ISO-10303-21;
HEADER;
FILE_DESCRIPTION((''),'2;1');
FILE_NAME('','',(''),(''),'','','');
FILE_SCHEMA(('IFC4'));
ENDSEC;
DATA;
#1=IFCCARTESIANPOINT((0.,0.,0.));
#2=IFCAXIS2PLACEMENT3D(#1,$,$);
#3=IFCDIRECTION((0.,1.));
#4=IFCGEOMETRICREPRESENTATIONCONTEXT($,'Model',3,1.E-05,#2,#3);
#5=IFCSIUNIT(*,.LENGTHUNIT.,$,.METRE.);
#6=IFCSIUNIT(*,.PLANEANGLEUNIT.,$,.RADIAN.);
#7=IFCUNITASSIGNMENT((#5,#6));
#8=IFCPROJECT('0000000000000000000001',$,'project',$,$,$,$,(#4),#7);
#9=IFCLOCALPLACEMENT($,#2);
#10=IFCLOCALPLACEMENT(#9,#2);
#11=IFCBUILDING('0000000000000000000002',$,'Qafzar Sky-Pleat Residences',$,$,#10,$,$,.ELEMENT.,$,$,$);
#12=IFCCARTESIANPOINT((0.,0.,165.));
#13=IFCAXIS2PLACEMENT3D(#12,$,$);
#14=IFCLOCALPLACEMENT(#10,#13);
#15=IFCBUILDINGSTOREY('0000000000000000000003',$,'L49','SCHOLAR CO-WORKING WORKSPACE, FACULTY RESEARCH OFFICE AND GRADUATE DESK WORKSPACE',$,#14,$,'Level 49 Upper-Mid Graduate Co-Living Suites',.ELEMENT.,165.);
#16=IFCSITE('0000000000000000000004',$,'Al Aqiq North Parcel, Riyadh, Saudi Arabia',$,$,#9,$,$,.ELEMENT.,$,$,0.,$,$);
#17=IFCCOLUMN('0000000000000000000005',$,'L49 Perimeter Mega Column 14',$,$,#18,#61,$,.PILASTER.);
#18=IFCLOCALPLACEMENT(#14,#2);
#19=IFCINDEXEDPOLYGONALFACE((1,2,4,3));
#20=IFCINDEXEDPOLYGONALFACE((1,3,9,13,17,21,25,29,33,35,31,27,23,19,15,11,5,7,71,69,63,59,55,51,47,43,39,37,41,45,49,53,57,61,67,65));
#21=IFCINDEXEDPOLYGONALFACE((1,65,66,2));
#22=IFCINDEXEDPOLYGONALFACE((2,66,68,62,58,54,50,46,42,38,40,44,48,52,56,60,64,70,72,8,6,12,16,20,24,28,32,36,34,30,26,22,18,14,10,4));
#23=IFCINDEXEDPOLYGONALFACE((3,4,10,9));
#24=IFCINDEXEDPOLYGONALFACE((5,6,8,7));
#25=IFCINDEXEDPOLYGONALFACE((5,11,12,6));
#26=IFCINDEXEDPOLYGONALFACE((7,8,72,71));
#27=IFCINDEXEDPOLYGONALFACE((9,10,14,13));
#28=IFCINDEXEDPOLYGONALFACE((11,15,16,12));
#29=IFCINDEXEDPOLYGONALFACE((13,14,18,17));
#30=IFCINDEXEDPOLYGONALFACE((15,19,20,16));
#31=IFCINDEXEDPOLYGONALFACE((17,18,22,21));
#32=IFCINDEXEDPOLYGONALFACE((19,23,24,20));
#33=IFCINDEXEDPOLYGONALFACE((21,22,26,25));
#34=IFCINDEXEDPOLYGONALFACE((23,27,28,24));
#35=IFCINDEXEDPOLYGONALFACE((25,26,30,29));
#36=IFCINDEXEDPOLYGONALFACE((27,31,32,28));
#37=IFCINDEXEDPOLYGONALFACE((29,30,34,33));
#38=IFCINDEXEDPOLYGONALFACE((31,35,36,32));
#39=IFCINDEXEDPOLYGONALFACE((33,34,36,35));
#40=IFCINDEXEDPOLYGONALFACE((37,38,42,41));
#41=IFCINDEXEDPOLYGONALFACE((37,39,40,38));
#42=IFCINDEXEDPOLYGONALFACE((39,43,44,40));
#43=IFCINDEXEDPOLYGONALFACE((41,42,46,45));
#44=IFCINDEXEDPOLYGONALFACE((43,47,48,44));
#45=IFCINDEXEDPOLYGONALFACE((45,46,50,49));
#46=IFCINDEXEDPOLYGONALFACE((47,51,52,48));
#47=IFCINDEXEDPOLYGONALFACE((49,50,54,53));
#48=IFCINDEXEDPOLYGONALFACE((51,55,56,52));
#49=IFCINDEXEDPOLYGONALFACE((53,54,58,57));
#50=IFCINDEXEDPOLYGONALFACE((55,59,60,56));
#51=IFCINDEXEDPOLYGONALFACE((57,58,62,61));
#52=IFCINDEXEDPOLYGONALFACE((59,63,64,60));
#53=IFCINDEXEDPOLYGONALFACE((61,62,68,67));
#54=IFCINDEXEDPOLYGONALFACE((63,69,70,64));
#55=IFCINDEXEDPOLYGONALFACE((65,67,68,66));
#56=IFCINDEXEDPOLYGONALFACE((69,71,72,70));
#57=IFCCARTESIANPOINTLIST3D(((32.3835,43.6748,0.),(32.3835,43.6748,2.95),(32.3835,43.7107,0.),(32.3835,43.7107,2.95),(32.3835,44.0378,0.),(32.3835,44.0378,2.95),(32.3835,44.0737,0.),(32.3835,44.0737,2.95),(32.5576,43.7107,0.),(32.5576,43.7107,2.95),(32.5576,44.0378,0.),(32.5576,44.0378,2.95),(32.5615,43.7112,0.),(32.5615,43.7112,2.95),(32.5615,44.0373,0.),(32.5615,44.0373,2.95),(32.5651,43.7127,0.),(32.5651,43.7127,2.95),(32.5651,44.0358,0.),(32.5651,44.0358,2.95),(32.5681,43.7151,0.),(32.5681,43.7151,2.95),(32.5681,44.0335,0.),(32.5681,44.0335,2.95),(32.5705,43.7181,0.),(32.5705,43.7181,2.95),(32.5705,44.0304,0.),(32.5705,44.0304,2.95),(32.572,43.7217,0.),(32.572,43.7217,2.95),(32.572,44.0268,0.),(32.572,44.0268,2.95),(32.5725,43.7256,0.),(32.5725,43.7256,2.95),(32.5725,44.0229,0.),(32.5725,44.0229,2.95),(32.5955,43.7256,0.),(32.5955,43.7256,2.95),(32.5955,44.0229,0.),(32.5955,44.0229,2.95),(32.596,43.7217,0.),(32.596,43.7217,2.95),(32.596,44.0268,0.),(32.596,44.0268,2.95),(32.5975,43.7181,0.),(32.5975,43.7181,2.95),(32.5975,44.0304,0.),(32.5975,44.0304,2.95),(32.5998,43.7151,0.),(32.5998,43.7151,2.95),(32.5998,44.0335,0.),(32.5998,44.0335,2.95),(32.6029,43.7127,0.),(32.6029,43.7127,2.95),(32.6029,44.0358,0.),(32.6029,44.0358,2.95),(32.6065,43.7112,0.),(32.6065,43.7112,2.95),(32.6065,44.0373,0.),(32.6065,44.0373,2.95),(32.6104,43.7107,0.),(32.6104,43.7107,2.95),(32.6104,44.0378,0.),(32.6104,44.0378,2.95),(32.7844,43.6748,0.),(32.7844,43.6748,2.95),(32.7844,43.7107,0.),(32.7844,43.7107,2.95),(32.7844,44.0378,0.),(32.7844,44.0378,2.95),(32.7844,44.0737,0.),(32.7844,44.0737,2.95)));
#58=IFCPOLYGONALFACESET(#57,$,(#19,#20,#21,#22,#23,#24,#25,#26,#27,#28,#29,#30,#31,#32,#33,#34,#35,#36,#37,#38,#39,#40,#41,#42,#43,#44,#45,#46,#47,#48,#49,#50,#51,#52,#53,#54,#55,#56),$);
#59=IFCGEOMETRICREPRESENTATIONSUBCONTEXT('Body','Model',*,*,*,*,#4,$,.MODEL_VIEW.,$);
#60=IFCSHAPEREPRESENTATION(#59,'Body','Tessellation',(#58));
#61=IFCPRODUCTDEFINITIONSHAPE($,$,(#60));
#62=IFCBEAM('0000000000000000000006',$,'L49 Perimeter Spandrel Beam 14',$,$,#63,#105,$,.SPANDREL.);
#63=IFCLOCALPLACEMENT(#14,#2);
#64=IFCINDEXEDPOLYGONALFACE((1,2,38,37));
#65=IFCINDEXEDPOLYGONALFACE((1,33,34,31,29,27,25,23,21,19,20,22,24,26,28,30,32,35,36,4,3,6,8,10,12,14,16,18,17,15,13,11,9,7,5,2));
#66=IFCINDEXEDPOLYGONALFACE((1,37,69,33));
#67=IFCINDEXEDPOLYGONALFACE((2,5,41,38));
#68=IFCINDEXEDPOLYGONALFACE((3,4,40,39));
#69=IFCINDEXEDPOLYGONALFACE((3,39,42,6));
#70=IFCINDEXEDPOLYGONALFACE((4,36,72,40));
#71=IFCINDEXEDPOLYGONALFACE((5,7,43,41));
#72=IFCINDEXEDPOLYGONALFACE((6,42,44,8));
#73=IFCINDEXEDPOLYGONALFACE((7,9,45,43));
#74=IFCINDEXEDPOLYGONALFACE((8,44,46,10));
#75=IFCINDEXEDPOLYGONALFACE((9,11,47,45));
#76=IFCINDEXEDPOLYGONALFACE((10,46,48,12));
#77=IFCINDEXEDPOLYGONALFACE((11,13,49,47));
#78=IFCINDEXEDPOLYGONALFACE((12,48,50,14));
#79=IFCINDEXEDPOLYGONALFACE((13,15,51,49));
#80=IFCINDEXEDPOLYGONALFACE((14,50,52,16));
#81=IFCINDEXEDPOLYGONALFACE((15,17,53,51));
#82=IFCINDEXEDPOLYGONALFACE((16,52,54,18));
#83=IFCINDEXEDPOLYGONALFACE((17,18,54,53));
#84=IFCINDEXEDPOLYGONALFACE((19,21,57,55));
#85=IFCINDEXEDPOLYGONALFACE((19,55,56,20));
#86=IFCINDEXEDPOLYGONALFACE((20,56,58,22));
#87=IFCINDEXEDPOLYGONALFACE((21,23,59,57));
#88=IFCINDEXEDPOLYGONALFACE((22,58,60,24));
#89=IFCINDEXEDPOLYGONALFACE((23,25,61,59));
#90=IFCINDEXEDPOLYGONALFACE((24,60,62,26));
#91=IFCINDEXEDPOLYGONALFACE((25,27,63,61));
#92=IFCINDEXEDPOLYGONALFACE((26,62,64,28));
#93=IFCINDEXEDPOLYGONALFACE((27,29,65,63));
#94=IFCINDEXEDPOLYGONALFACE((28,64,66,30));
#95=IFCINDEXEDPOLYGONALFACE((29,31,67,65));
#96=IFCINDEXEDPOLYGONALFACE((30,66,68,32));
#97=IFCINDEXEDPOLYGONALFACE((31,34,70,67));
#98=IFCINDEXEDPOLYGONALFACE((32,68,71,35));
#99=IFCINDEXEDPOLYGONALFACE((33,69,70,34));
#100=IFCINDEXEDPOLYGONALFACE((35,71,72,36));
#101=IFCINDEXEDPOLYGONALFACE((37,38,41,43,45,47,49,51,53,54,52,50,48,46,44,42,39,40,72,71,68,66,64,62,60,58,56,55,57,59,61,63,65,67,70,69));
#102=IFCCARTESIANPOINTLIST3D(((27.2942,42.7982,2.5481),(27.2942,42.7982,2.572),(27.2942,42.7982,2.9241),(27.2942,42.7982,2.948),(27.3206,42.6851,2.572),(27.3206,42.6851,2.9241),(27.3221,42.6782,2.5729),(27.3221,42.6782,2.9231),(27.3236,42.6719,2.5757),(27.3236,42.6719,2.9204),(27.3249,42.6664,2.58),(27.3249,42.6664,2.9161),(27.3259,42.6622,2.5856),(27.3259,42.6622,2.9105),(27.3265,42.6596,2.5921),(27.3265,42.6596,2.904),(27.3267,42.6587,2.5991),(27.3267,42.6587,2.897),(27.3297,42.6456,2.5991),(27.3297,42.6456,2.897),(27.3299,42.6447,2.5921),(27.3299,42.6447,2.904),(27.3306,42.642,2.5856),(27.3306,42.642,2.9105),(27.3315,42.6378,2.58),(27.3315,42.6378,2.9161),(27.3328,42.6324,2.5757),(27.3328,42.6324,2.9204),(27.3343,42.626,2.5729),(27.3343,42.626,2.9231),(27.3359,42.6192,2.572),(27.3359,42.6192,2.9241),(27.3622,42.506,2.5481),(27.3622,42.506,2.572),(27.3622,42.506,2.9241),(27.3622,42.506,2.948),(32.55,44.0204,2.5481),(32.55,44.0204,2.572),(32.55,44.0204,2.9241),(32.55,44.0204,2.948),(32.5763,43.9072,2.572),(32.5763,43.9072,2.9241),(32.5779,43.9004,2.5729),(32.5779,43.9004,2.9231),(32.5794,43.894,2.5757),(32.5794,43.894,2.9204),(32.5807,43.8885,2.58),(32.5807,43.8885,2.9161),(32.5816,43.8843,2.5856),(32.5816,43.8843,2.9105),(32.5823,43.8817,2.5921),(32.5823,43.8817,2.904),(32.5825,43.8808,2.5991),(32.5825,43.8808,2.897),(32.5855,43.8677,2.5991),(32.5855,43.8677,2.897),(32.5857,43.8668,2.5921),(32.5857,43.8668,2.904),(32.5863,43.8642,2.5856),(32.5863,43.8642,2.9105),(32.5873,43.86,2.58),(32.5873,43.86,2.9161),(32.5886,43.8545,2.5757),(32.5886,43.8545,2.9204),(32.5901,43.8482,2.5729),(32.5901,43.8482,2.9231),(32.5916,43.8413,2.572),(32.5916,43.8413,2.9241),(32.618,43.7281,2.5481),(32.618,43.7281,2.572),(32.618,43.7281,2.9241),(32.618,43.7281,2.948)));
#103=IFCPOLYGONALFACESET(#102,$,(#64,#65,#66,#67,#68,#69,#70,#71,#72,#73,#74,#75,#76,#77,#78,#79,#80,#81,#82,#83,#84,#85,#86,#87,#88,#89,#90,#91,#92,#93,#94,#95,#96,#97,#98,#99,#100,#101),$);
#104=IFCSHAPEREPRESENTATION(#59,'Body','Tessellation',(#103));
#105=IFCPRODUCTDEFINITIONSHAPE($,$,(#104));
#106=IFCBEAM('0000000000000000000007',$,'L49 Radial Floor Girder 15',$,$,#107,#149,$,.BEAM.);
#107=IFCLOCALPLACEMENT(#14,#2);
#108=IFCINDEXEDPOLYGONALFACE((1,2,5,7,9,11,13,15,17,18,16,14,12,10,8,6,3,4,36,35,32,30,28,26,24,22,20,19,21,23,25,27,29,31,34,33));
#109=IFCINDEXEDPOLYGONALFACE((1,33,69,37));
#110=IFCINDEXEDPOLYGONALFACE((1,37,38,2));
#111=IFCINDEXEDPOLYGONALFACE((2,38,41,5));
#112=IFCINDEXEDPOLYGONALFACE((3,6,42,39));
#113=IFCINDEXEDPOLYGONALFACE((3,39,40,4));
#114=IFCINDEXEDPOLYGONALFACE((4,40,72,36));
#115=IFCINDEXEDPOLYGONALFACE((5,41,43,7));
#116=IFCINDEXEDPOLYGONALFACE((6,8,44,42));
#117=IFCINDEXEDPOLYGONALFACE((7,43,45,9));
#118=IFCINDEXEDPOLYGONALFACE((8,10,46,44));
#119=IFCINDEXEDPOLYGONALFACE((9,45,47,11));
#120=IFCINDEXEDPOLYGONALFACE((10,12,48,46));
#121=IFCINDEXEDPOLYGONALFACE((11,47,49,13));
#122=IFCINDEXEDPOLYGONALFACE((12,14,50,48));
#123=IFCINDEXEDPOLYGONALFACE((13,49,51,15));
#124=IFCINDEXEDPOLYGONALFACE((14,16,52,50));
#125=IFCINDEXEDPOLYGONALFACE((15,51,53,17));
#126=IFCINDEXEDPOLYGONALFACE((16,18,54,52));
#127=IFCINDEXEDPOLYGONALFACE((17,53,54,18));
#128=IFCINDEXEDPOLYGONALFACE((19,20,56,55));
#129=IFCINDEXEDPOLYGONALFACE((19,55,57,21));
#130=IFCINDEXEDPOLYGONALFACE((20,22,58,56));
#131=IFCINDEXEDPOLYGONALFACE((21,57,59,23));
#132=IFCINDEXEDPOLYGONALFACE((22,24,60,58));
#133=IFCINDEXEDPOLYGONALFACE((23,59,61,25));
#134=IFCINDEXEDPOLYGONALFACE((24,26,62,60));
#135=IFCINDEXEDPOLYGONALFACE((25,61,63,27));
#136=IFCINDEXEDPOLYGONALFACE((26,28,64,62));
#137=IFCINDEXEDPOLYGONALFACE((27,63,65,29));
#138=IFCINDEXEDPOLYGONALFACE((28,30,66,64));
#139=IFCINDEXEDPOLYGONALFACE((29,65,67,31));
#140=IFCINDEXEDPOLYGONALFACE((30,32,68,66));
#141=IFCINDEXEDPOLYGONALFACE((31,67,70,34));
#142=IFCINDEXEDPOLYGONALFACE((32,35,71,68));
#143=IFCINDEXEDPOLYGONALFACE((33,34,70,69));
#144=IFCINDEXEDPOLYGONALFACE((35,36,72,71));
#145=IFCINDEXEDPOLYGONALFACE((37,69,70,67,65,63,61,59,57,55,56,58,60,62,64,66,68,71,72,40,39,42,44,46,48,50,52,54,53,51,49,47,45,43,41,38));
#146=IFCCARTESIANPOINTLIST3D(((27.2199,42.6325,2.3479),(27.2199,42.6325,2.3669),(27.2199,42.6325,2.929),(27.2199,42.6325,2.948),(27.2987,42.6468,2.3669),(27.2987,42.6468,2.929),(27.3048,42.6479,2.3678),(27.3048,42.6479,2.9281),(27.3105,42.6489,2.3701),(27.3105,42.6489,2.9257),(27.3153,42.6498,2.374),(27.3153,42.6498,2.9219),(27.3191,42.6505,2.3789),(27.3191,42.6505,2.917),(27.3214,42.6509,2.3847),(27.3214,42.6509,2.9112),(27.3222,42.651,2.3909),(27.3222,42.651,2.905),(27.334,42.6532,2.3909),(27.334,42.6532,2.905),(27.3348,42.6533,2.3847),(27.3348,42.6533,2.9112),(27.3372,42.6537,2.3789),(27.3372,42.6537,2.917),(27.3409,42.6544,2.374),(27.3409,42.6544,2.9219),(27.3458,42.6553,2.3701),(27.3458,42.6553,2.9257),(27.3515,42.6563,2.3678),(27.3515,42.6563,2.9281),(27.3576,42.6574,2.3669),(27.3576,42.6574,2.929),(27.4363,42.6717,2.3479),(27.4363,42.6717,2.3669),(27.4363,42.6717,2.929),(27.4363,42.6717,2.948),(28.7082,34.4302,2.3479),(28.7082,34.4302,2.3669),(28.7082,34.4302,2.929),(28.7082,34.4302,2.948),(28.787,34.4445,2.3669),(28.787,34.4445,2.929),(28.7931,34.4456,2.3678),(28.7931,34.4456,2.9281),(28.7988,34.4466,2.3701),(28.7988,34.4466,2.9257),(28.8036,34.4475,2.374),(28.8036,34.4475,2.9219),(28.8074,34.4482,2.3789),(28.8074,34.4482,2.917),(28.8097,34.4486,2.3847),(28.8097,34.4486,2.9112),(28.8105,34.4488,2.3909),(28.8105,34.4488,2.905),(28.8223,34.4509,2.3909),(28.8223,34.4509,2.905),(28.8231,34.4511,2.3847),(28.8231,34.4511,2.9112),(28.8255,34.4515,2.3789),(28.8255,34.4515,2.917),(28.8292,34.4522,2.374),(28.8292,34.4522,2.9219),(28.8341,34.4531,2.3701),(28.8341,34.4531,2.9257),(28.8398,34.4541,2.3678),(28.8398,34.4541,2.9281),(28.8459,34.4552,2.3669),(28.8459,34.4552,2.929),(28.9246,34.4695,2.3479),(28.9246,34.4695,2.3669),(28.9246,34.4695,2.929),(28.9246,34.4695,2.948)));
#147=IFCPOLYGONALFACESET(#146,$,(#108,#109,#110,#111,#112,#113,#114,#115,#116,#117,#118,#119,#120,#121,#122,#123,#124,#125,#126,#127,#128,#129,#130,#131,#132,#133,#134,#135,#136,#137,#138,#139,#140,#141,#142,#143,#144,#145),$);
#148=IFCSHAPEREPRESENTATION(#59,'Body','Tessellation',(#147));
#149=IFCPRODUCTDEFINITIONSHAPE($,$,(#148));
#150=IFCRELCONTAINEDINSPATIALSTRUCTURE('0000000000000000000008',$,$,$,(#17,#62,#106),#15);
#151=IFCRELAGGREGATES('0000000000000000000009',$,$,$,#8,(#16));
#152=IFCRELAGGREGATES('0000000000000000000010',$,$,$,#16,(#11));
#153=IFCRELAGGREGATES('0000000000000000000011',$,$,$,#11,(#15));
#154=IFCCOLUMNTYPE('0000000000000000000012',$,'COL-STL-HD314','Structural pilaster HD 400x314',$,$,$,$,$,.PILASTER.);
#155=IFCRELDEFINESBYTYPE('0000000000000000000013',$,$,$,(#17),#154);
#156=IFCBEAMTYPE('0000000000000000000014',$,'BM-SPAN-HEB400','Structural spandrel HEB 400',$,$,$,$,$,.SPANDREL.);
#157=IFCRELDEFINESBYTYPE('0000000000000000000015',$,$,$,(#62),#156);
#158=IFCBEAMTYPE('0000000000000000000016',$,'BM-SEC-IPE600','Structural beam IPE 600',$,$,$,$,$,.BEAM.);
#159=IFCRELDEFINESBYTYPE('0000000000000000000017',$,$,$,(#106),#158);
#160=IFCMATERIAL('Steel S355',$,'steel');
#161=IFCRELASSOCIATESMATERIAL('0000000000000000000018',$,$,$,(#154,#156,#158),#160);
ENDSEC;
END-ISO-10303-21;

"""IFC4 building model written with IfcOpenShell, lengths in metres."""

from ifc_helpers import new_model, si_unit, direction, frame, origin, origin_2d, place, context, subcontext, project, spatial, i_section, extrude, source, transform, mapped, material, material_profile, profile_set, type_object, element, save


model = new_model("IFC4")

# Units and contexts
model_context = context("Model", 3, precision=1e-05, world=origin(), true_north=direction((0.0, 1.0)))
body_context = subcontext(model_context, "Body", "Model", "MODEL_VIEW")
ifc_project = project(units=[si_unit("LENGTHUNIT", "METRE"), si_unit("PLANEANGLEUNIT", "RADIAN")], contexts=[model_context])

# Site, building, storey
site_placement = place(None, origin())
site = spatial("IfcSite", under=ifc_project, at=site_placement, Name="Al Aqiq North Parcel, Riyadh, Saudi Arabia", CompositionType="ELEMENT", RefElevation=0.0)
building_placement = place(site_placement, origin())
building = spatial("IfcBuilding", under=site, at=building_placement, Name="Qafzar Sky-Pleat Residences", CompositionType="ELEMENT")
storey_placement = place(building_placement, frame((0.0, 0.0, 165.0)))
storey = spatial("IfcBuildingStorey", under=building, at=storey_placement, Name="L49", Description="SCHOLAR CO-WORKING WORKSPACE, FACULTY RESEARCH OFFICE AND GRADUATE DESK WORKSPACE", LongName="Level 49 Upper-Mid Graduate Co-Living Suites", CompositionType="ELEMENT", Elevation=165.0)

# Column
ifc_material_1 = material(Name="Steel S355", Category="steel")
ifc_material_profile_1 = material_profile(ifc_material_1, i_section(OverallWidth=0.4009, OverallDepth=0.3989, WebThickness=0.0229, FlangeThickness=0.0359, FilletRadius=0.0149, at=origin_2d()), Name="HD 400x314")
ifc_profile_set_1 = profile_set([ifc_material_profile_1], Name="Steel S355")
column_type = type_object("IfcColumnType", Name="COL-STL-HD314", Description="Structural pilaster HD 400x314", PredefinedType="PILASTER", material=ifc_profile_set_1)
shared_shape_1 = source(origin(), body_context, "Body", "SweptSolid", [
    extrude(i_section(OverallWidth=0.4009, OverallDepth=0.3989, WebThickness=0.0229, FlangeThickness=0.0359, FilletRadius=0.0149, at=origin_2d()), origin(), (0.0, 0.0, 1.0), 2.95),
])
column_placement = place(storey_placement, frame((32.584, 43.8743, 0.0), z_axis=(0.0, 0.0, 1.0), x_axis=(1.0, 0.0, 0.0)))
element("IfcColumn", 1, at=column_placement, inside=storey, type_object=column_type, Name="L49 Perimeter Mega Column 14", PredefinedType="PILASTER", context=body_context, shape_type="MappedRepresentation", body=[
    mapped(shared_shape_1, transform((0.0, 0.0, 0.0), x_axis=(1.0, 0.0, 0.0), y_axis=(0.0, 1.0, 0.0), z_axis=(0.0, 0.0, 1.0), scale=1.0)),
])

# Beams
ifc_material_profile_2 = material_profile(ifc_material_1, i_section(OverallWidth=0.3, OverallDepth=0.3999, WebThickness=0.0134, FlangeThickness=0.0239, FilletRadius=0.0271, at=origin_2d()), Name="HEB 400")
ifc_profile_set_2 = profile_set([ifc_material_profile_2], Name="Steel S355")
beam_type_1 = type_object("IfcBeamType", Name="BM-SPAN-HEB400", Description="Structural spandrel HEB 400", PredefinedType="SPANDREL", material=ifc_profile_set_2)
shared_shape_2 = source(origin(), body_context, "Body", "SweptSolid", [
    extrude(i_section(OverallWidth=0.3, OverallDepth=0.3999, WebThickness=0.0134, FlangeThickness=0.0239, FilletRadius=0.0271, at=origin_2d()), origin(), (0.0, 0.0, 1.0), 5.396),
])
beam_1_placement = place(storey_placement, frame((32.584, 43.8743, 2.748), z_axis=(-0.974013, -0.226492, 0.0), x_axis=(0.226492, -0.974013, 0.0)))
element("IfcBeam", 2, at=beam_1_placement, inside=storey, type_object=beam_type_1, Name="L49 Perimeter Spandrel Beam 14", PredefinedType="SPANDREL", context=body_context, shape_type="MappedRepresentation", body=[
    mapped(shared_shape_2, transform((0.0, 0.0, 0.0), x_axis=(1.0, 0.0, 0.0), y_axis=(0.0, 1.0, 0.0), z_axis=(0.0, 0.0, 1.0), scale=1.0)),
])
ifc_material_profile_3 = material_profile(ifc_material_1, i_section(OverallWidth=0.22, OverallDepth=0.6001, WebThickness=0.012, FlangeThickness=0.019, FilletRadius=0.0239, at=origin_2d()), Name="IPE 600")
ifc_profile_set_3 = profile_set([ifc_material_profile_3], Name="Steel S355")
beam_type_2 = type_object("IfcBeamType", Name="BM-SEC-IPE600", Description="Structural beam IPE 600", PredefinedType="BEAM", material=ifc_profile_set_3)
shared_shape_3 = source(origin(), body_context, "Body", "SweptSolid", [
    extrude(i_section(OverallWidth=0.22, OverallDepth=0.6001, WebThickness=0.012, FlangeThickness=0.019, FilletRadius=0.0239, at=origin_2d()), origin(), (0.0, 0.0, 1.0), 8.3362),
])
beam_2_placement = place(storey_placement, frame((27.3281, 42.6521, 2.6479), z_axis=(0.178535, -0.983934, 0.0), x_axis=(0.983934, 0.178535, 0.0)))
element("IfcBeam", 3, at=beam_2_placement, inside=storey, type_object=beam_type_2, Name="L49 Radial Floor Girder 15", PredefinedType="BEAM", context=body_context, shape_type="MappedRepresentation", body=[
    mapped(shared_shape_3, transform((0.0, 0.0, 0.0), x_axis=(1.0, 0.0, 0.0), y_axis=(0.0, 1.0, 0.0), z_axis=(0.0, 0.0, 1.0), scale=1.0)),
])

save(model, "model.ifc")
